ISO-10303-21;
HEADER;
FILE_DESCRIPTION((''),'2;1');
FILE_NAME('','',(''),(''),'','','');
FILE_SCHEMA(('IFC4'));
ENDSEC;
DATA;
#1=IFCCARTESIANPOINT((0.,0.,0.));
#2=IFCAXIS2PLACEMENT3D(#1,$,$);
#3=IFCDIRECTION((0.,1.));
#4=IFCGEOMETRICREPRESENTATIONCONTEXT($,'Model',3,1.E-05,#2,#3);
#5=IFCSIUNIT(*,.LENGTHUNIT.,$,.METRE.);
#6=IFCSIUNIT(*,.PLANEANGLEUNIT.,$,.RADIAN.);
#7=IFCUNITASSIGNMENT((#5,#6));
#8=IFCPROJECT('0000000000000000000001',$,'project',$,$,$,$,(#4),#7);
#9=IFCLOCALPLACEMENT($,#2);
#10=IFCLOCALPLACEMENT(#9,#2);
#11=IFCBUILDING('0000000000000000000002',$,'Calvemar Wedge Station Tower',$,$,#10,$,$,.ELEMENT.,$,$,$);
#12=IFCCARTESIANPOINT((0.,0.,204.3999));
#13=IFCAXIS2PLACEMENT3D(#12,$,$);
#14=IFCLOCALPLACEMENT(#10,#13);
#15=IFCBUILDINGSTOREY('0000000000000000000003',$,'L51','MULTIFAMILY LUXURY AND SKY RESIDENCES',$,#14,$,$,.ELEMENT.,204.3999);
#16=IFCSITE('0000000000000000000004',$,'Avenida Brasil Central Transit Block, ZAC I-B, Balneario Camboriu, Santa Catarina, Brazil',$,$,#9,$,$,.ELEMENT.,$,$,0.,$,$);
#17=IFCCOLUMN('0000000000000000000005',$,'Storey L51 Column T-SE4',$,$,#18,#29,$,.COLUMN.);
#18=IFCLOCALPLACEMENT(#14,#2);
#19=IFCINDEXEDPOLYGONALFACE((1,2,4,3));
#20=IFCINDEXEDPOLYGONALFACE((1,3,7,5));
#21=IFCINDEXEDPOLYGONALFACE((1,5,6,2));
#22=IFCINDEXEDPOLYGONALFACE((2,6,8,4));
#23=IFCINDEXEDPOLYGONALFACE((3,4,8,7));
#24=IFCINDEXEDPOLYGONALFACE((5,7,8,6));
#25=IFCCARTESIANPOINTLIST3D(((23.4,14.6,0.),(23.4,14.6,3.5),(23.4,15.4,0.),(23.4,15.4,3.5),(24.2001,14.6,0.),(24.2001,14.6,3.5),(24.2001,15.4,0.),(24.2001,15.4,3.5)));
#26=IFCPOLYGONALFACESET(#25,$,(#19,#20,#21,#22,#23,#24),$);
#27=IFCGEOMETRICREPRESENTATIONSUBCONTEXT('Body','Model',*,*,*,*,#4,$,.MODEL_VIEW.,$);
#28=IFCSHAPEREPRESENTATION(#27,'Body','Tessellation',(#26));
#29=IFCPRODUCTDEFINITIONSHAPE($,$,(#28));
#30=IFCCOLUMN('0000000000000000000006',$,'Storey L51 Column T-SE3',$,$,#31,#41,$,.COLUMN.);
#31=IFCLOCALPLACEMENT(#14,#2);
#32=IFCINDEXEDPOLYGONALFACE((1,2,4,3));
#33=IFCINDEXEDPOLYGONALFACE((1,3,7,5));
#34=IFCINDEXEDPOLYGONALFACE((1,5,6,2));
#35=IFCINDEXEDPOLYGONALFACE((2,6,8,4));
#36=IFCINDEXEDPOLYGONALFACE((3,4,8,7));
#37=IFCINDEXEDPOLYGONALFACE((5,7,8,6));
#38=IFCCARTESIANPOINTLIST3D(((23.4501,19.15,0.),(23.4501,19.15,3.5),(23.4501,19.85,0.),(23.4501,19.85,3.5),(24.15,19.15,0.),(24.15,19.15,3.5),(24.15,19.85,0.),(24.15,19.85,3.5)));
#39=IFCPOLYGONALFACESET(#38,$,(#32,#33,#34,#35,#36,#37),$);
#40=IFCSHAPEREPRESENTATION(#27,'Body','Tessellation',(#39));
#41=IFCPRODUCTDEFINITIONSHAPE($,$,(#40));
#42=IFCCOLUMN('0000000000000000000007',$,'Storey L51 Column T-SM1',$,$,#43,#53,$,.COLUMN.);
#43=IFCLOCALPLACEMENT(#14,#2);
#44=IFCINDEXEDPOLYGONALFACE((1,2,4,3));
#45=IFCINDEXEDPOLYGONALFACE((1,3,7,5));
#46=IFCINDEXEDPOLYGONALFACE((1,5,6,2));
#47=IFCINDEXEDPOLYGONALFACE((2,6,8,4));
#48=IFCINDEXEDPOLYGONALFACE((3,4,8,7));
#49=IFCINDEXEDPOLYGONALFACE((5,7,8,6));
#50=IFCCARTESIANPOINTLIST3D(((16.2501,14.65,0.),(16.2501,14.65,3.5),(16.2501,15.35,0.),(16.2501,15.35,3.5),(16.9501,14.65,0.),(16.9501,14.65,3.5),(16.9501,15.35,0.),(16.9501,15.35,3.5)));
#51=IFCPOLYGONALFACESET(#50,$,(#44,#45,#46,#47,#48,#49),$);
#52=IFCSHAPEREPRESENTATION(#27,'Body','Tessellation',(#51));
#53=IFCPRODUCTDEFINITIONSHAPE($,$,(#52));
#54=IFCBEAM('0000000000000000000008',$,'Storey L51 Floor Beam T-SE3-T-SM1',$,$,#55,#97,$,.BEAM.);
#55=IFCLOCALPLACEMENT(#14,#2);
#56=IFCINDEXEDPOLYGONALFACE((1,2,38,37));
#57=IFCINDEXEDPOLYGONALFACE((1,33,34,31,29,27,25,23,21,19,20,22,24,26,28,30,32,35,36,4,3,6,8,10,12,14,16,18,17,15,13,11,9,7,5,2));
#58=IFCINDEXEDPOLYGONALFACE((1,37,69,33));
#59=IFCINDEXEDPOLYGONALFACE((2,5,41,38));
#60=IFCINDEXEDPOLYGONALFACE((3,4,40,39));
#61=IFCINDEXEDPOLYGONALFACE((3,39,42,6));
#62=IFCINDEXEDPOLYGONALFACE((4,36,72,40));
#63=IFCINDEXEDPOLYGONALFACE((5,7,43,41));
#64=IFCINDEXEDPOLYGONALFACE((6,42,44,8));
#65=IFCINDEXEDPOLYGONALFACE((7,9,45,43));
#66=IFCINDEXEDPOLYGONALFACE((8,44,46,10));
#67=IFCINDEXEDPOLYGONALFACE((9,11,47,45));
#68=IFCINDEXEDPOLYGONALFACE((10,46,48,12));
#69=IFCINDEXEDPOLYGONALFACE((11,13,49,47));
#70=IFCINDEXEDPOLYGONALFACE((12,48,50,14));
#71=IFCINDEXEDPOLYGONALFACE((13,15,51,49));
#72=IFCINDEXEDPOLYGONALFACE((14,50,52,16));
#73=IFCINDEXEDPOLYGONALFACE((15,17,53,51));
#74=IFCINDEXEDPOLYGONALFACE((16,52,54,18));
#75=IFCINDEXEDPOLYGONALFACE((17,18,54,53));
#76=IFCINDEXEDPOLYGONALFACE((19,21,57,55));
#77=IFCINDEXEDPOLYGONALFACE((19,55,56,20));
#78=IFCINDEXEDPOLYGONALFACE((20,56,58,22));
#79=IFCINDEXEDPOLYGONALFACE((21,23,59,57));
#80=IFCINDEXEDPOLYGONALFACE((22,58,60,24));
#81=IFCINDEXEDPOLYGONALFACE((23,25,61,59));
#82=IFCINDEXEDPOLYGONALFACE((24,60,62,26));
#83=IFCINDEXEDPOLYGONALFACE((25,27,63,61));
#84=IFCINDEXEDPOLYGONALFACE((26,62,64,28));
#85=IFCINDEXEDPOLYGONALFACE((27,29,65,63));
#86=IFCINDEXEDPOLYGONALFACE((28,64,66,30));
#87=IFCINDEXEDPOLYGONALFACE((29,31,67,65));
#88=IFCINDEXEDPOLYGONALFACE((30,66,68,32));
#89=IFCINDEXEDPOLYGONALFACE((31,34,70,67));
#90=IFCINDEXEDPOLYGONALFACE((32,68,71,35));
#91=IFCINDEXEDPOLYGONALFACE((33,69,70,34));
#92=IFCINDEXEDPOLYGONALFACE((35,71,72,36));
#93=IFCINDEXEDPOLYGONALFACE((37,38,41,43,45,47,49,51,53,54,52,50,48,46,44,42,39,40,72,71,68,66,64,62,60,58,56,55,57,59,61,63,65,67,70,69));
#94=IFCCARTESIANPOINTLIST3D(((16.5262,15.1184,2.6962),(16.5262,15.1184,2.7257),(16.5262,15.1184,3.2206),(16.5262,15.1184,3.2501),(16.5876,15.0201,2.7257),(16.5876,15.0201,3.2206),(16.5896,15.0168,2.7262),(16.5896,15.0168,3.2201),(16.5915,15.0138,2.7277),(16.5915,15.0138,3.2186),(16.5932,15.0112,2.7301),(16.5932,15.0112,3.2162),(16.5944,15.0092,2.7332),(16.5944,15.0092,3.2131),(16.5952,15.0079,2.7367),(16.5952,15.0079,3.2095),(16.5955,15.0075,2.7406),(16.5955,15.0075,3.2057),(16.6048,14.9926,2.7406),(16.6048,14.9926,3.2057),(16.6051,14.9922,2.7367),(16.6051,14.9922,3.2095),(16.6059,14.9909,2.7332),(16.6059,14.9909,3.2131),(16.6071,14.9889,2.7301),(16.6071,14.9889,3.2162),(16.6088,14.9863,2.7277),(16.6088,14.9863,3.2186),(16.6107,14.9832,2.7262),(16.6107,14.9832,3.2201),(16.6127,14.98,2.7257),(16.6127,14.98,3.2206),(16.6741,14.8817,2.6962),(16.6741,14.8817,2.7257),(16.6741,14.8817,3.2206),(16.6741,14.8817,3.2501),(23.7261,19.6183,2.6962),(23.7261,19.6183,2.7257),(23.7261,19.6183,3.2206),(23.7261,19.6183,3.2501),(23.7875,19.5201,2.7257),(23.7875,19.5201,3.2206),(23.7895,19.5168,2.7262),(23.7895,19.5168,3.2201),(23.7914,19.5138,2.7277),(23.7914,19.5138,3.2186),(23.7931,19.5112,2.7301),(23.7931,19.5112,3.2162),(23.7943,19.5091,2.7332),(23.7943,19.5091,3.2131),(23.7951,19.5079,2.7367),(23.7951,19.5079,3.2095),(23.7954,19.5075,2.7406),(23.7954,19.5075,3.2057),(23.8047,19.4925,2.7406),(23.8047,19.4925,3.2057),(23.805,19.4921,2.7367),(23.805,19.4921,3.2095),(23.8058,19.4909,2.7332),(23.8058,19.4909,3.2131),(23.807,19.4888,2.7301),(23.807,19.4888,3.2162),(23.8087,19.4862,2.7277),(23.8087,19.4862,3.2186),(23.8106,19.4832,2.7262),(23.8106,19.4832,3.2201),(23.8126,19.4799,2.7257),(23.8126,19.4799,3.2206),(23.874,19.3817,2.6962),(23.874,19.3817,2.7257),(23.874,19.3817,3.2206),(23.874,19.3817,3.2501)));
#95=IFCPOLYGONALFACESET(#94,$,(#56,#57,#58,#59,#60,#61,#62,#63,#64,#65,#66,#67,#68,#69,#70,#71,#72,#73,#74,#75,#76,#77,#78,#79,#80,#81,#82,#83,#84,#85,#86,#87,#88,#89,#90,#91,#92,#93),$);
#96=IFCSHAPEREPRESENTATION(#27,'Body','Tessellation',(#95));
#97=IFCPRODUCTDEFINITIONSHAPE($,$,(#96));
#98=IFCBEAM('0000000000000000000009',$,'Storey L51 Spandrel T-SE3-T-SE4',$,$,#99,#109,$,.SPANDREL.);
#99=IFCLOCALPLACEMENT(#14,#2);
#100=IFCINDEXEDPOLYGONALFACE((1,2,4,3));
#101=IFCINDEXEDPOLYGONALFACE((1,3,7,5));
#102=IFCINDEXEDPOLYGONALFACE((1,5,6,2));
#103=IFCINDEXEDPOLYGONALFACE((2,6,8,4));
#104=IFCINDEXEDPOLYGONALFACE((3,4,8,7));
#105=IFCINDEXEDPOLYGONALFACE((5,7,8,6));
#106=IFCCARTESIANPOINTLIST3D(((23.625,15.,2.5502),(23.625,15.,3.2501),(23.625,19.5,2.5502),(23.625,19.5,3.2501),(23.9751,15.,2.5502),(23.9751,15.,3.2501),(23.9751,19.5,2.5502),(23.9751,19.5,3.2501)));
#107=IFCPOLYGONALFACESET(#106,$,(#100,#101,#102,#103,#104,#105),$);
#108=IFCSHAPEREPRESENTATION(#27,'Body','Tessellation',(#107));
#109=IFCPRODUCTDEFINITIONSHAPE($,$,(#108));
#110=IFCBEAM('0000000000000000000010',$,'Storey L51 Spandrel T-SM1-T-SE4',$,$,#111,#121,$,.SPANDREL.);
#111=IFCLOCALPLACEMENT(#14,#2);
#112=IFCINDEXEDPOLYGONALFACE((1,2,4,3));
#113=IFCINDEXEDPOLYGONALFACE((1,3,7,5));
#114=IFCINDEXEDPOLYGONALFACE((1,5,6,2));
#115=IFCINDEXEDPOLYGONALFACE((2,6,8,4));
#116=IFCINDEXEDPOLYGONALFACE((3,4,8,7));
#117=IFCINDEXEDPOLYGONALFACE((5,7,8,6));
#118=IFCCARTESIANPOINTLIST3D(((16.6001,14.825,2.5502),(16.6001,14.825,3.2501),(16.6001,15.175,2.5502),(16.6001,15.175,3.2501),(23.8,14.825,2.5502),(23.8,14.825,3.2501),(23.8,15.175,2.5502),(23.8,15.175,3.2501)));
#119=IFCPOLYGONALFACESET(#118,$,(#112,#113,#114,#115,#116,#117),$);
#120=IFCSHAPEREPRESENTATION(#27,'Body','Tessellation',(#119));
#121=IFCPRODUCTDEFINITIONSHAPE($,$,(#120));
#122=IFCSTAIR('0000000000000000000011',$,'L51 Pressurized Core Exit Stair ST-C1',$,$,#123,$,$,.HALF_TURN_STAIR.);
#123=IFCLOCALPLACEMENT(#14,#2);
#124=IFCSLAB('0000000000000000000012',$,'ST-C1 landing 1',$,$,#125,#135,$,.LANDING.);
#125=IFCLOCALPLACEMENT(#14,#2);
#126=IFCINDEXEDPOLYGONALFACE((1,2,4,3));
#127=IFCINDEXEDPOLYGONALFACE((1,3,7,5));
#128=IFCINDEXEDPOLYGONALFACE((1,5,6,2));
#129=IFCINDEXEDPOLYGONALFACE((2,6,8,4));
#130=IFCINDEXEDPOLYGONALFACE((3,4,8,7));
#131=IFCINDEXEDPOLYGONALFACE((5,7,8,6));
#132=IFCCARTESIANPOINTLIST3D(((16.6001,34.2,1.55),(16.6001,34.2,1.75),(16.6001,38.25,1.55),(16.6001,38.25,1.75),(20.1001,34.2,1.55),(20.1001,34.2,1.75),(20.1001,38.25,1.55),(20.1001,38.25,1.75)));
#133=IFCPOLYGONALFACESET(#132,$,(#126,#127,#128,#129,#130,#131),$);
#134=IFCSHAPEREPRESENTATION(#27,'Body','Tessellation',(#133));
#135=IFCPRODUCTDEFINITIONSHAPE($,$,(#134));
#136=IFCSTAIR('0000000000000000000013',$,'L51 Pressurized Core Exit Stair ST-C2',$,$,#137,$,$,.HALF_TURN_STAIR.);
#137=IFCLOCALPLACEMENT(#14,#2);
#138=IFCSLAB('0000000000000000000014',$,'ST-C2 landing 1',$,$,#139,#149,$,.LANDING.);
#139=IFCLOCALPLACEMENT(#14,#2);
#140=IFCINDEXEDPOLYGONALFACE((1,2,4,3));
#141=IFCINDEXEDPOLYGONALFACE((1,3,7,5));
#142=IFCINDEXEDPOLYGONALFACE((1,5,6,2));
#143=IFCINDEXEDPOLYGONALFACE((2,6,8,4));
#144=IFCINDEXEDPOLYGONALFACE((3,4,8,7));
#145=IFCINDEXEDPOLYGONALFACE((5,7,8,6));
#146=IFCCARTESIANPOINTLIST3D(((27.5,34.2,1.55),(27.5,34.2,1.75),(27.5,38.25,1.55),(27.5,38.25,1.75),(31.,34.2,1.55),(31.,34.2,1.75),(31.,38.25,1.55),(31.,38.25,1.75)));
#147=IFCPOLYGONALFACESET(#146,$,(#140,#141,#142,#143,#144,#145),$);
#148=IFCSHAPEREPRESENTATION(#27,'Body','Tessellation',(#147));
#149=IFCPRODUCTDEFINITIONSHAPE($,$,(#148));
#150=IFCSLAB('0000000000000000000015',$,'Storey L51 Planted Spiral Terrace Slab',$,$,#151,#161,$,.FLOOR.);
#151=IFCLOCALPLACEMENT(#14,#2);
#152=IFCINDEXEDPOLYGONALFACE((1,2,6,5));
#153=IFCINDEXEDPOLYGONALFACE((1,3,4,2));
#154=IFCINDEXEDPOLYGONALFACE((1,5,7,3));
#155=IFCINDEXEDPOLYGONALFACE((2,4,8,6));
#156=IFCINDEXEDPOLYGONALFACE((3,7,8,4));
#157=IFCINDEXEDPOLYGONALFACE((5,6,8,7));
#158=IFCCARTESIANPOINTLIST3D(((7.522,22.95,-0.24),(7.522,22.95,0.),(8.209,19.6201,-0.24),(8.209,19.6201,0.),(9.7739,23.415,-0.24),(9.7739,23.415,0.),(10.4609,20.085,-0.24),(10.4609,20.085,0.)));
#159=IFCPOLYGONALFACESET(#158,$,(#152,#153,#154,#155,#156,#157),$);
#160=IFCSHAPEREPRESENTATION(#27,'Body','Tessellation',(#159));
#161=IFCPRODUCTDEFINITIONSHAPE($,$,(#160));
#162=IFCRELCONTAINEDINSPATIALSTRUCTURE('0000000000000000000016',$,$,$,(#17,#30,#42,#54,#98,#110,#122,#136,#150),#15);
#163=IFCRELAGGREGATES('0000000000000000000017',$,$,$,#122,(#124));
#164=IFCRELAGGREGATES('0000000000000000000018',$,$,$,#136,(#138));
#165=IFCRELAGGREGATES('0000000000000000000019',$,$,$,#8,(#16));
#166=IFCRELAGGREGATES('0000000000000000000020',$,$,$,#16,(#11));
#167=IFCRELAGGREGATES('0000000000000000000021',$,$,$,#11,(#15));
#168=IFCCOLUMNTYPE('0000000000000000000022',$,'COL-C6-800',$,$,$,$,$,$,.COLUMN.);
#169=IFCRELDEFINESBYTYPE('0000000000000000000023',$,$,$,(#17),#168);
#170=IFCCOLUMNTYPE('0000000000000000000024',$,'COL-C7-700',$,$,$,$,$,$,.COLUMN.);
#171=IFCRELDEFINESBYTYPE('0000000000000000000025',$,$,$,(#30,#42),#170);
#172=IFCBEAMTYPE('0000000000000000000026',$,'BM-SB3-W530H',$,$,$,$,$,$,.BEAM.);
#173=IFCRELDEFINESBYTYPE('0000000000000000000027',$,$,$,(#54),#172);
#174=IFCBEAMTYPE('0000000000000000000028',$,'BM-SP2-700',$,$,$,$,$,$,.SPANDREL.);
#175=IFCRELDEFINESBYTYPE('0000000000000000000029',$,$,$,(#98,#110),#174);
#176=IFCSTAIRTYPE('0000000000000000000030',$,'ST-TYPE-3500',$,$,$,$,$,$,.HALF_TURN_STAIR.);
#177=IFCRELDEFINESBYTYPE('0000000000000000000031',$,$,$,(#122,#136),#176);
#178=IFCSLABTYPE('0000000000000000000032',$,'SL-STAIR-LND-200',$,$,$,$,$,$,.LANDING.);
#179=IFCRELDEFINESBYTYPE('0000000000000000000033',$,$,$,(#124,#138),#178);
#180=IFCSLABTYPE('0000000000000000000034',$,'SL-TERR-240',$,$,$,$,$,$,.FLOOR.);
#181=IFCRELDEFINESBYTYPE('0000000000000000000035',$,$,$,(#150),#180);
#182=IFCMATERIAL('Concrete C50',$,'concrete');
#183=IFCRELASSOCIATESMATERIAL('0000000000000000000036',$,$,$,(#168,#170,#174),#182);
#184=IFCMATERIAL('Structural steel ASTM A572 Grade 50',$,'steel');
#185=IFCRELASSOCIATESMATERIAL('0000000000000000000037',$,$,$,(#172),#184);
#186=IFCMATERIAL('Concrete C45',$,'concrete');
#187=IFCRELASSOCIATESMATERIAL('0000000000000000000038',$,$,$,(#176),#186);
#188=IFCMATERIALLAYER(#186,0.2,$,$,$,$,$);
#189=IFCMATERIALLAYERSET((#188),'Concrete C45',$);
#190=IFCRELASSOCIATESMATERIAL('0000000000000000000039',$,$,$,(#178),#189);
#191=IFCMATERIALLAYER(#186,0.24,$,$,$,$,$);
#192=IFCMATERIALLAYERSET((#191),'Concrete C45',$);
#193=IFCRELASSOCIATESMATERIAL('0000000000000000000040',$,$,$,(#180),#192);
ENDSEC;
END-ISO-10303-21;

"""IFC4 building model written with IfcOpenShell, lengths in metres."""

from ifc_helpers import new_model, si_unit, direction, frame, origin, origin_2d, place, context, subcontext, project, spatial, polyline, rectangle, i_section, outline, extrude, source, transform, mapped, material, layer, layer_set, material_profile, profile_set, type_object, element, aggregate, save


model = new_model("IFC4")

# Units and contexts
model_context = context("Model", 3, precision=1e-05, world=origin(), true_north=direction((0.0, 1.0)))
body_context = subcontext(model_context, "Body", "Model", "MODEL_VIEW")
ifc_project = project(units=[si_unit("LENGTHUNIT", "METRE"), si_unit("PLANEANGLEUNIT", "RADIAN")], contexts=[model_context])

# Site, building, storey
site_placement = place(None, origin())
site = spatial("IfcSite", under=ifc_project, at=site_placement, Name="Avenida Brasil Central Transit Block, ZAC I-B, Balneario Camboriu, Santa Catarina, Brazil", CompositionType="ELEMENT", RefElevation=0.0)
building_placement = place(site_placement, origin())
building = spatial("IfcBuilding", under=site, at=building_placement, Name="Calvemar Wedge Station Tower", CompositionType="ELEMENT")
storey_placement = place(building_placement, frame((0.0, 0.0, 204.3999)))
storey = spatial("IfcBuildingStorey", under=building, at=storey_placement, Name="L51", Description="MULTIFAMILY LUXURY AND SKY RESIDENCES", CompositionType="ELEMENT", Elevation=204.3999)

# Columns
ifc_material_1 = material(Name="Concrete C50", Category="concrete")
ifc_material_profile_1 = material_profile(ifc_material_1, rectangle(XDim=0.8, YDim=0.8, at=origin_2d()), Name="RC800x800")
ifc_profile_set_1 = profile_set([ifc_material_profile_1], Name="Concrete C50")
column_type_1 = type_object("IfcColumnType", Name="COL-C6-800", PredefinedType="COLUMN", material=ifc_profile_set_1)
shared_shape_1 = source(origin(), body_context, "Body", "SweptSolid", [
    extrude(rectangle(XDim=0.8, YDim=0.8, at=origin_2d()), origin(), (0.0, 0.0, 1.0), 3.5),
])
column_placement = place(storey_placement, frame((23.8, 15.0, 0.0), z_axis=(0.0, 0.0, 1.0), x_axis=(1.0, 0.0, 0.0)))
element("IfcColumn", 1, at=column_placement, inside=storey, type_object=column_type_1, Name="Storey L51 Column T-SE4", PredefinedType="COLUMN", context=body_context, shape_type="MappedRepresentation", body=[
    mapped(shared_shape_1, transform((0.0, 0.0, 0.0), scale=1.0)),
])
ifc_material_profile_2 = material_profile(ifc_material_1, rectangle(XDim=0.7, YDim=0.7, at=origin_2d()), Name="RC700x700")
ifc_profile_set_2 = profile_set([ifc_material_profile_2], Name="Concrete C50")
column_type_2 = type_object("IfcColumnType", Name="COL-C7-700", PredefinedType="COLUMN", material=ifc_profile_set_2)
shared_shape_2 = source(origin(), body_context, "Body", "SweptSolid", [
    extrude(rectangle(XDim=0.7, YDim=0.7, at=origin_2d()), origin(), (0.0, 0.0, 1.0), 3.5),
])
for number, where, z_axis, x_axis, name in (
    (2, (23.8, 19.5, 0.0), (0.0, 0.0, 1.0), (1.0, 0.0, 0.0), "Storey L51 Column T-SE3"),
    (3, (16.6001, 15.0, 0.0), (0.0, 0.0, 1.0), (1.0, 0.0, 0.0), "Storey L51 Column T-SM1"),
):
    element("IfcColumn", number, at=place(storey_placement, frame(where, z_axis=z_axis, x_axis=x_axis)), inside=storey, type_object=column_type_2, Name=name, PredefinedType="COLUMN", context=body_context, shape_type="MappedRepresentation", body=[
        mapped(shared_shape_2, transform((0.0, 0.0, 0.0), scale=1.0)),
    ])

# Beams
ifc_material_2 = material(Name="Structural steel ASTM A572 Grade 50", Category="steel")
ifc_material_profile_3 = material_profile(ifc_material_2, i_section(OverallWidth=0.2791, OverallDepth=0.554, WebThickness=0.0176, FlangeThickness=0.0295, FilletRadius=0.0149, at=origin_2d()), Name="W530x196")
ifc_profile_set_3 = profile_set([ifc_material_profile_3], Name="Structural steel ASTM A572 Grade 50")
beam_type_1 = type_object("IfcBeamType", Name="BM-SB3-W530H", PredefinedType="BEAM", material=ifc_profile_set_3)
shared_shape_3 = source(origin(), body_context, "Body", "SweptSolid", [
    extrude(i_section(OverallWidth=0.2791, OverallDepth=0.554, WebThickness=0.0176, FlangeThickness=0.0295, FilletRadius=0.0149, at=origin_2d()), origin(), (0.0, 0.0, 1.0), 8.4905),
])
beam_1_placement = place(storey_placement, frame((23.8, 19.5, 2.9731), z_axis=(-0.847997, -0.530002, 0.0), x_axis=(0.530002, -0.847997, 0.0)))
element("IfcBeam", 4, at=beam_1_placement, inside=storey, type_object=beam_type_1, Name="Storey L51 Floor Beam T-SE3-T-SM1", PredefinedType="BEAM", context=body_context, shape_type="MappedRepresentation", body=[
    mapped(shared_shape_3, transform((0.0, 0.0, 0.0), scale=1.0)),
])
ifc_material_profile_4 = material_profile(ifc_material_1, rectangle(XDim=0.3501, YDim=0.7, at=origin_2d()), Name="RC350x700")
ifc_profile_set_4 = profile_set([ifc_material_profile_4], Name="Concrete C50")
beam_type_2 = type_object("IfcBeamType", Name="BM-SP2-700", PredefinedType="SPANDREL", material=ifc_profile_set_4)
shared_shape_4 = source(origin(), body_context, "Body", "SweptSolid", [
    extrude(rectangle(XDim=0.3501, YDim=0.7, at=origin_2d()), origin(), (0.0, 0.0, 1.0), 4.5),
])
beam_2_placement = place(storey_placement, frame((23.8, 19.5, 2.9001), z_axis=(0.0, -1.0, 0.0), x_axis=(1.0, 0.0, 0.0)))
element("IfcBeam", 5, at=beam_2_placement, inside=storey, type_object=beam_type_2, Name="Storey L51 Spandrel T-SE3-T-SE4", PredefinedType="SPANDREL", context=body_context, shape_type="MappedRepresentation", body=[
    mapped(shared_shape_4, transform((0.0, 0.0, 0.0), scale=1.0)),
])
shared_shape_5 = source(origin(), body_context, "Body", "SweptSolid", [
    extrude(rectangle(XDim=0.3501, YDim=0.7, at=origin_2d()), origin(), (0.0, 0.0, 1.0), 7.2),
])
beam_3_placement = place(storey_placement, frame((16.6001, 15.0, 2.9001), z_axis=(1.0, 0.0, 0.0), x_axis=(0.0, 1.0, 0.0)))
element("IfcBeam", 6, at=beam_3_placement, inside=storey, type_object=beam_type_2, Name="Storey L51 Spandrel T-SM1-T-SE4", PredefinedType="SPANDREL", context=body_context, shape_type="MappedRepresentation", body=[
    mapped(shared_shape_5, transform((0.0, 0.0, 0.0), scale=1.0)),
])

# Stairs, slabs
ifc_material_3 = material(Name="Concrete C45", Category="concrete")
stair_type = type_object("IfcStairType", Name="ST-TYPE-3500", PredefinedType="HALF_TURN_STAIR", material=ifc_material_3)
stair_1_placement = place(storey_placement, origin())
stair_1 = element("IfcStair", 7, at=stair_1_placement, inside=storey, type_object=stair_type, Name="L51 Pressurized Core Exit Stair ST-C1", PredefinedType="HALF_TURN_STAIR")
ifc_layer_1 = layer(ifc_material_3, 0.2)
ifc_layer_set_1 = layer_set([ifc_layer_1], Name="Concrete C45")
slab_type_1 = type_object("IfcSlabType", Name="SL-STAIR-LND-200", PredefinedType="LANDING", material=ifc_layer_set_1)
slab_1_placement = place(storey_placement, frame((0.0, 0.0, 1.55)))
slab_1 = element("IfcSlab", 8, at=slab_1_placement, type_object=slab_type_1, Name="ST-C1 landing 1", PredefinedType="LANDING", context=body_context, shape_type="SweptSolid", body=[
    extrude(outline(polyline([(16.6001, 38.25), (16.6001, 34.2), (20.1001, 34.2), (20.1001, 38.25), (16.6001, 38.25)])), origin(), (0.0, 0.0, 1.0), 0.2),
])
aggregate(stair_1, [slab_1])
stair_2_placement = place(storey_placement, origin())
stair_2 = element("IfcStair", 9, at=stair_2_placement, inside=storey, type_object=stair_type, Name="L51 Pressurized Core Exit Stair ST-C2", PredefinedType="HALF_TURN_STAIR")
slab_2_placement = place(storey_placement, frame((0.0, 0.0, 1.55)))
slab_2 = element("IfcSlab", 10, at=slab_2_placement, type_object=slab_type_1, Name="ST-C2 landing 1", PredefinedType="LANDING", context=body_context, shape_type="SweptSolid", body=[
    extrude(outline(polyline([(27.5, 38.25), (27.5, 34.2), (31.0, 34.2), (31.0, 38.25), (27.5, 38.25)])), origin(), (0.0, 0.0, 1.0), 0.2),
])
aggregate(stair_2, [slab_2])

# Slab
ifc_layer_2 = layer(ifc_material_3, 0.24)
ifc_layer_set_2 = layer_set([ifc_layer_2], Name="Concrete C45")
slab_type_2 = type_object("IfcSlabType", Name="SL-TERR-240", PredefinedType="FLOOR", material=ifc_layer_set_2)
slab_3_placement = place(storey_placement, frame((0.0, 0.0, -0.24)))
element("IfcSlab", 11, at=slab_3_placement, inside=storey, type_object=slab_type_2, Name="Storey L51 Planted Spiral Terrace Slab", PredefinedType="FLOOR", context=body_context, shape_type="SweptSolid", body=[
    extrude(outline(polyline([(9.7739, 23.415), (7.522, 22.95), (8.209, 19.6201), (10.4609, 20.085), (9.7739, 23.415)])), origin(), (0.0, 0.0, 1.0), 0.24),
])

save(model, "model.ifc")
